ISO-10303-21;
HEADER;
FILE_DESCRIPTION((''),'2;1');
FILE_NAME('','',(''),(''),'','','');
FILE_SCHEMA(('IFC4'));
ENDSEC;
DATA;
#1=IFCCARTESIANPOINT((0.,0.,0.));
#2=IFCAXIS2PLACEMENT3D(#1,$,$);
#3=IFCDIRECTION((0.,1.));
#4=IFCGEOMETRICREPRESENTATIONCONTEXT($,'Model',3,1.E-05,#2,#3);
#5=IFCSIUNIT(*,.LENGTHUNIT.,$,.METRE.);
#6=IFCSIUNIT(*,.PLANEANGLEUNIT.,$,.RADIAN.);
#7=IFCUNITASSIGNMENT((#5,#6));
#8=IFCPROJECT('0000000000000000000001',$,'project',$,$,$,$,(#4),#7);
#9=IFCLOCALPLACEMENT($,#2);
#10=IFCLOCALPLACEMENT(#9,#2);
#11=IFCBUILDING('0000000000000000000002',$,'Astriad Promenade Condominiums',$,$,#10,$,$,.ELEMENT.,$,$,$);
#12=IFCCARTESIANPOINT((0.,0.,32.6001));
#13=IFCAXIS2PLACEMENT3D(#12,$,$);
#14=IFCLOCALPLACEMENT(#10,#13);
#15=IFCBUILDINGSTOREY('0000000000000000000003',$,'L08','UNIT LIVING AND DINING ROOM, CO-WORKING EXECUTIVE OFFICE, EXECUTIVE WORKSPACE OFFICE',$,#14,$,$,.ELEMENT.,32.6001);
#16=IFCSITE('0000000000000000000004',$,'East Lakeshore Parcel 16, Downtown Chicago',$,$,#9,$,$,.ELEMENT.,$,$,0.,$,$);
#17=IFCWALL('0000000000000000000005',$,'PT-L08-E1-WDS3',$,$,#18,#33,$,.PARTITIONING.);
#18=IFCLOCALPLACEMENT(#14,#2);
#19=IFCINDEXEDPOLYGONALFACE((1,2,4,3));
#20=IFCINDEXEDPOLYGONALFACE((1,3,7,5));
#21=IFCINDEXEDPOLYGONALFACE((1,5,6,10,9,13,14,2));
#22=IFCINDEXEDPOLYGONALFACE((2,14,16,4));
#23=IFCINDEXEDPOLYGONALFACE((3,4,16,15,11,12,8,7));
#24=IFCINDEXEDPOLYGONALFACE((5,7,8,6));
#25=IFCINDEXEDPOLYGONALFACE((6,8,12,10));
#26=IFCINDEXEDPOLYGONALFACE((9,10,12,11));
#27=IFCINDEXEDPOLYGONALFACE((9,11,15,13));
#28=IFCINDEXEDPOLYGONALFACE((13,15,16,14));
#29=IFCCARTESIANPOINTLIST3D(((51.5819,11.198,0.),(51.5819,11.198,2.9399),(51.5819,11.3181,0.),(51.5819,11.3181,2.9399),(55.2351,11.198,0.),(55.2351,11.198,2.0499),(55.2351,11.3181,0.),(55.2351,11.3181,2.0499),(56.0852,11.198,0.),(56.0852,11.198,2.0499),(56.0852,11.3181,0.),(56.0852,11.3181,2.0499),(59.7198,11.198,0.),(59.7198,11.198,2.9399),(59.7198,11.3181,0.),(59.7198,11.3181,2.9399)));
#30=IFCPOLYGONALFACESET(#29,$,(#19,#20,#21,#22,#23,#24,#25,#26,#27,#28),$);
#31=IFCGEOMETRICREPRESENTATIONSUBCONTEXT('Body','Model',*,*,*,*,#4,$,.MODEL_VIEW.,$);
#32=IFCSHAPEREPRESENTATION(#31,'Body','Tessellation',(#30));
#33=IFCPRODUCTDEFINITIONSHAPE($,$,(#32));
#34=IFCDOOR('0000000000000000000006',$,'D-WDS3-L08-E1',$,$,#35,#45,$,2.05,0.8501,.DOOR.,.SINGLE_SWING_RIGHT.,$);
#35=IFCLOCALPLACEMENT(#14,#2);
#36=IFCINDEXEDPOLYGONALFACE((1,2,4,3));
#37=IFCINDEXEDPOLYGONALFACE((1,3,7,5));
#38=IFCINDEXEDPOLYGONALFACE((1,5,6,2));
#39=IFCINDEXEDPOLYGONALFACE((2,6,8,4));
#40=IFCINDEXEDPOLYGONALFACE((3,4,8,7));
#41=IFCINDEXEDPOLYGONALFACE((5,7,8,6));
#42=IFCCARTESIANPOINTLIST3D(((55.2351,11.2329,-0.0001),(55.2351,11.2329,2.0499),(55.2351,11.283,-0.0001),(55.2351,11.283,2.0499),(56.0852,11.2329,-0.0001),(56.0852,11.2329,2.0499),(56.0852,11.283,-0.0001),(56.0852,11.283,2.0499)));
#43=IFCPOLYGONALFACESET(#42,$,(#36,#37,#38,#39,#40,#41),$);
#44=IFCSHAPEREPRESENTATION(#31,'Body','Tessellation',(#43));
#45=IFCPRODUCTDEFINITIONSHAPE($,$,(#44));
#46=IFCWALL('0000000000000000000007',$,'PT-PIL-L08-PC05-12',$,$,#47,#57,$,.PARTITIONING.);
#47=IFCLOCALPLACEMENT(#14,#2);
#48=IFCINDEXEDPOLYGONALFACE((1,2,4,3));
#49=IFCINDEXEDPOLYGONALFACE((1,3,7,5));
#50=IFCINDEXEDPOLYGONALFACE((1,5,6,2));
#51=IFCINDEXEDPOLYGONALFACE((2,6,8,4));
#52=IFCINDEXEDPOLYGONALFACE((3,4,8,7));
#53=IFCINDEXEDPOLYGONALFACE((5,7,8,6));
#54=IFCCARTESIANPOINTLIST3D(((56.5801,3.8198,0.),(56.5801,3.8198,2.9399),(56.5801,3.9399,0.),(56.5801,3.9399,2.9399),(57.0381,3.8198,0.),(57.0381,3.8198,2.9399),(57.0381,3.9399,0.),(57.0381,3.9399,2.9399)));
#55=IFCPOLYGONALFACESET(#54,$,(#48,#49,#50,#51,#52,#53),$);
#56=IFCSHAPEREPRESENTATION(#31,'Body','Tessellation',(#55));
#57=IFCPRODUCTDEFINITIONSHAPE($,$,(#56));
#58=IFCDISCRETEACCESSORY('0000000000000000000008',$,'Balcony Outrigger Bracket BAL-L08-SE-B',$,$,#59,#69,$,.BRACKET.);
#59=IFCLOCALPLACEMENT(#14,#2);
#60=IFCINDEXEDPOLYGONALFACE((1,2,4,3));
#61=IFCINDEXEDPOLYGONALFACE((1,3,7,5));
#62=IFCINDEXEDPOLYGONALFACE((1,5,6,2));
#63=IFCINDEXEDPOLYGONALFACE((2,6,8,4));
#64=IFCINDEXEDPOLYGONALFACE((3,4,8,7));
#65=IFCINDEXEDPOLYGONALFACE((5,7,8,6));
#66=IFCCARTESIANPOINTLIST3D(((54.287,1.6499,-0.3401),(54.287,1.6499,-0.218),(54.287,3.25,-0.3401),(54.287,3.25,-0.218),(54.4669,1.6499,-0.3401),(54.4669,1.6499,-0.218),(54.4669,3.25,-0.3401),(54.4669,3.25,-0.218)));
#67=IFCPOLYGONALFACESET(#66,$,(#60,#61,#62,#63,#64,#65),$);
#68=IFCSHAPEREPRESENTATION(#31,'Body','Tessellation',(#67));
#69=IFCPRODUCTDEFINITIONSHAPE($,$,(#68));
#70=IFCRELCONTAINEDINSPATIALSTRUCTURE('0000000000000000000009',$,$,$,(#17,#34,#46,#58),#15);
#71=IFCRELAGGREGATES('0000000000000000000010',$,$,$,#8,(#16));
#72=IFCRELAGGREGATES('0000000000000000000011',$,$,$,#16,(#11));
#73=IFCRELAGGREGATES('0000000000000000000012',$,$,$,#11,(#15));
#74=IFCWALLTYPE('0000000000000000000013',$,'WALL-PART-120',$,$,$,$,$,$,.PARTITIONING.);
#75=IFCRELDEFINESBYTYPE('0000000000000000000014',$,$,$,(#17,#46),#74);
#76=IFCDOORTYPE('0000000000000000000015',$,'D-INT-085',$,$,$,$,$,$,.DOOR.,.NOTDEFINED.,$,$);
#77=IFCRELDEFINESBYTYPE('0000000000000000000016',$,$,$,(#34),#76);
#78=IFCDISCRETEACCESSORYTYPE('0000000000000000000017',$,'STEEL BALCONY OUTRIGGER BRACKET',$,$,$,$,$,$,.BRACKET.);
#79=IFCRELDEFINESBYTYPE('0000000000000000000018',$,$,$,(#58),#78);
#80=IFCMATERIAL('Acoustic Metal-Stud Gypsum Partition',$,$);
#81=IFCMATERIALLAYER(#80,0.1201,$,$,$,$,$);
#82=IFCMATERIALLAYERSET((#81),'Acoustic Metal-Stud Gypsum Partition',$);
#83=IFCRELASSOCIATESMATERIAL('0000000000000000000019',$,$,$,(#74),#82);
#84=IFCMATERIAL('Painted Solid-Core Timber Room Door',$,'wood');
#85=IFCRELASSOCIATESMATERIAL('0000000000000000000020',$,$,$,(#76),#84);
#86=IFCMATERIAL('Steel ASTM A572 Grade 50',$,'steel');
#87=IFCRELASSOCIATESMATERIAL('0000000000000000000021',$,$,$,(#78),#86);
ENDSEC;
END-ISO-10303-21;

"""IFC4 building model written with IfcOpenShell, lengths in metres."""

from ifc_helpers import new_model, si_unit, direction, frame, frame_2d, origin, origin_2d, place, context, subcontext, project, spatial, rectangle, extrude, source, transform, mapped, material, layer, layer_set, type_object, type_shapes, element, fill, save


model = new_model("IFC4")

# Units and contexts
model_context = context("Model", 3, precision=1e-05, world=origin(), true_north=direction((0.0, 1.0)))
body_context = subcontext(model_context, "Body", "Model", "MODEL_VIEW")
ifc_project = project(units=[si_unit("LENGTHUNIT", "METRE"), si_unit("PLANEANGLEUNIT", "RADIAN")], contexts=[model_context])

# Site, building, storey
site_placement = place(None, origin())
site = spatial("IfcSite", under=ifc_project, at=site_placement, Name="East Lakeshore Parcel 16, Downtown Chicago", CompositionType="ELEMENT", RefElevation=0.0)
building_placement = place(site_placement, origin())
building = spatial("IfcBuilding", under=site, at=building_placement, Name="Astriad Promenade Condominiums", CompositionType="ELEMENT")
storey_placement = place(building_placement, frame((0.0, 0.0, 32.6001)))
storey = spatial("IfcBuildingStorey", under=building, at=storey_placement, Name="L08", Description="UNIT LIVING AND DINING ROOM, CO-WORKING EXECUTIVE OFFICE, EXECUTIVE WORKSPACE OFFICE", CompositionType="ELEMENT", Elevation=32.6001)

# Shared definitions
ifc_material_1 = material(Name="Acoustic Metal-Stud Gypsum Partition")
ifc_layer_1 = layer(ifc_material_1, 0.1201)
ifc_layer_set_1 = layer_set([ifc_layer_1], Name="Acoustic Metal-Stud Gypsum Partition")
wall_type_1 = type_object("IfcWallType", Name="WALL-PART-120", PredefinedType="PARTITIONING", material=ifc_layer_set_1)

# Wall, opening, door
ifc_material_2 = material(Name="Painted Solid-Core Timber Room Door", Category="wood")
door_type_1 = type_object("IfcDoorType", Name="D-INT-085", OperationType="NOTDEFINED", PredefinedType="DOOR", material=ifc_material_2)
shared_shape_1 = source(origin(), body_context, "Body", "SweptSolid", [
    extrude(rectangle(XDim=0.8501, YDim=2.05, at=frame_2d((0.425, 1.0249))), frame((0.0, 0.0249, 0.0), z_axis=(0.0, -1.0, 0.0), x_axis=(1.0, 0.0, 0.0)), (0.0, 0.0, 1.0), 0.05),
])
type_shapes(door_type_1, [shared_shape_1])
wall_1_placement = place(storey_placement, frame((51.582, 11.2581, 0.0), z_axis=(0.0, 0.0, 1.0), x_axis=(1.0, 0.0, 0.0)))
wall_1 = element("IfcWall", 1, at=wall_1_placement, inside=storey, type_object=wall_type_1, Name="PT-L08-E1-WDS3", PredefinedType="PARTITIONING", context=body_context, shape_type="SweptSolid", body=[
    extrude(rectangle(XDim=8.1379, YDim=0.1201, at=frame_2d((4.0688, 0.0))), origin(), (0.0, 0.0, 1.0), 2.9399),
])
opening_1_placement = place(wall_1_placement, frame((3.6531, 0.0, 0.0)))
opening_1 = element("IfcOpeningElement", 2, at=opening_1_placement, cuts=wall_1, PredefinedType="OPENING", context=body_context, shape_type="SweptSolid", body=[
    extrude(rectangle(XDim=0.8501, YDim=2.05, at=frame_2d((0.425, 1.0249))), frame((0.0, 0.0701, 0.0), z_axis=(0.0, -1.0, 0.0), x_axis=(1.0, 0.0, 0.0)), (0.0, 0.0, 1.0), 0.1401),
])
door_1_placement = place(opening_1_placement, origin())
door_1 = element("IfcDoor", 3, at=door_1_placement, inside=storey, type_object=door_type_1, Name="D-WDS3-L08-E1", OperationType="SINGLE_SWING_RIGHT", OverallHeight=2.05, OverallWidth=0.8501, PredefinedType="DOOR", context=body_context, shape_type="MappedRepresentation", body=[
    mapped(shared_shape_1, transform((0.0, 0.0, 0.0), scale=1.0)),
])
fill(opening_1, door_1)

# Wall
wall_2_placement = place(storey_placement, frame((56.5801, 3.8799, 0.0), z_axis=(0.0, 0.0, 1.0), x_axis=(1.0, 0.0, 0.0)))
element("IfcWall", 4, at=wall_2_placement, inside=storey, type_object=wall_type_1, Name="PT-PIL-L08-PC05-12", PredefinedType="PARTITIONING", context=body_context, shape_type="SweptSolid", body=[
    extrude(rectangle(XDim=0.458, YDim=0.1201, at=frame_2d((0.229, 0.0))), origin(), (0.0, 0.0, 1.0), 2.9399),
])

# Discrete accessory
ifc_material_3 = material(Name="Steel ASTM A572 Grade 50", Category="steel")
discrete_accessory_type = type_object("IfcDiscreteAccessoryType", Name="STEEL BALCONY OUTRIGGER BRACKET", PredefinedType="BRACKET", material=ifc_material_3)
shared_shape_2 = source(origin(), body_context, "Body", "SweptSolid", [
    extrude(rectangle(XDim=1.6001, YDim=0.1799, at=origin_2d()), origin(), (0.0, 0.0, 1.0), 0.1221),
])
type_shapes(discrete_accessory_type, [shared_shape_2])
discrete_accessory_placement = place(storey_placement, frame((54.377, 2.45, -0.3401), z_axis=(0.0, 0.0, 1.0), x_axis=(0.0, -1.0, 0.0)))
element("IfcDiscreteAccessory", 5, at=discrete_accessory_placement, inside=storey, type_object=discrete_accessory_type, Name="Balcony Outrigger Bracket BAL-L08-SE-B", PredefinedType="BRACKET", context=body_context, shape_type="MappedRepresentation", body=[
    mapped(shared_shape_2, transform((0.0, 0.0, 0.0), scale=1.0)),
])

save(model, "model.ifc")
